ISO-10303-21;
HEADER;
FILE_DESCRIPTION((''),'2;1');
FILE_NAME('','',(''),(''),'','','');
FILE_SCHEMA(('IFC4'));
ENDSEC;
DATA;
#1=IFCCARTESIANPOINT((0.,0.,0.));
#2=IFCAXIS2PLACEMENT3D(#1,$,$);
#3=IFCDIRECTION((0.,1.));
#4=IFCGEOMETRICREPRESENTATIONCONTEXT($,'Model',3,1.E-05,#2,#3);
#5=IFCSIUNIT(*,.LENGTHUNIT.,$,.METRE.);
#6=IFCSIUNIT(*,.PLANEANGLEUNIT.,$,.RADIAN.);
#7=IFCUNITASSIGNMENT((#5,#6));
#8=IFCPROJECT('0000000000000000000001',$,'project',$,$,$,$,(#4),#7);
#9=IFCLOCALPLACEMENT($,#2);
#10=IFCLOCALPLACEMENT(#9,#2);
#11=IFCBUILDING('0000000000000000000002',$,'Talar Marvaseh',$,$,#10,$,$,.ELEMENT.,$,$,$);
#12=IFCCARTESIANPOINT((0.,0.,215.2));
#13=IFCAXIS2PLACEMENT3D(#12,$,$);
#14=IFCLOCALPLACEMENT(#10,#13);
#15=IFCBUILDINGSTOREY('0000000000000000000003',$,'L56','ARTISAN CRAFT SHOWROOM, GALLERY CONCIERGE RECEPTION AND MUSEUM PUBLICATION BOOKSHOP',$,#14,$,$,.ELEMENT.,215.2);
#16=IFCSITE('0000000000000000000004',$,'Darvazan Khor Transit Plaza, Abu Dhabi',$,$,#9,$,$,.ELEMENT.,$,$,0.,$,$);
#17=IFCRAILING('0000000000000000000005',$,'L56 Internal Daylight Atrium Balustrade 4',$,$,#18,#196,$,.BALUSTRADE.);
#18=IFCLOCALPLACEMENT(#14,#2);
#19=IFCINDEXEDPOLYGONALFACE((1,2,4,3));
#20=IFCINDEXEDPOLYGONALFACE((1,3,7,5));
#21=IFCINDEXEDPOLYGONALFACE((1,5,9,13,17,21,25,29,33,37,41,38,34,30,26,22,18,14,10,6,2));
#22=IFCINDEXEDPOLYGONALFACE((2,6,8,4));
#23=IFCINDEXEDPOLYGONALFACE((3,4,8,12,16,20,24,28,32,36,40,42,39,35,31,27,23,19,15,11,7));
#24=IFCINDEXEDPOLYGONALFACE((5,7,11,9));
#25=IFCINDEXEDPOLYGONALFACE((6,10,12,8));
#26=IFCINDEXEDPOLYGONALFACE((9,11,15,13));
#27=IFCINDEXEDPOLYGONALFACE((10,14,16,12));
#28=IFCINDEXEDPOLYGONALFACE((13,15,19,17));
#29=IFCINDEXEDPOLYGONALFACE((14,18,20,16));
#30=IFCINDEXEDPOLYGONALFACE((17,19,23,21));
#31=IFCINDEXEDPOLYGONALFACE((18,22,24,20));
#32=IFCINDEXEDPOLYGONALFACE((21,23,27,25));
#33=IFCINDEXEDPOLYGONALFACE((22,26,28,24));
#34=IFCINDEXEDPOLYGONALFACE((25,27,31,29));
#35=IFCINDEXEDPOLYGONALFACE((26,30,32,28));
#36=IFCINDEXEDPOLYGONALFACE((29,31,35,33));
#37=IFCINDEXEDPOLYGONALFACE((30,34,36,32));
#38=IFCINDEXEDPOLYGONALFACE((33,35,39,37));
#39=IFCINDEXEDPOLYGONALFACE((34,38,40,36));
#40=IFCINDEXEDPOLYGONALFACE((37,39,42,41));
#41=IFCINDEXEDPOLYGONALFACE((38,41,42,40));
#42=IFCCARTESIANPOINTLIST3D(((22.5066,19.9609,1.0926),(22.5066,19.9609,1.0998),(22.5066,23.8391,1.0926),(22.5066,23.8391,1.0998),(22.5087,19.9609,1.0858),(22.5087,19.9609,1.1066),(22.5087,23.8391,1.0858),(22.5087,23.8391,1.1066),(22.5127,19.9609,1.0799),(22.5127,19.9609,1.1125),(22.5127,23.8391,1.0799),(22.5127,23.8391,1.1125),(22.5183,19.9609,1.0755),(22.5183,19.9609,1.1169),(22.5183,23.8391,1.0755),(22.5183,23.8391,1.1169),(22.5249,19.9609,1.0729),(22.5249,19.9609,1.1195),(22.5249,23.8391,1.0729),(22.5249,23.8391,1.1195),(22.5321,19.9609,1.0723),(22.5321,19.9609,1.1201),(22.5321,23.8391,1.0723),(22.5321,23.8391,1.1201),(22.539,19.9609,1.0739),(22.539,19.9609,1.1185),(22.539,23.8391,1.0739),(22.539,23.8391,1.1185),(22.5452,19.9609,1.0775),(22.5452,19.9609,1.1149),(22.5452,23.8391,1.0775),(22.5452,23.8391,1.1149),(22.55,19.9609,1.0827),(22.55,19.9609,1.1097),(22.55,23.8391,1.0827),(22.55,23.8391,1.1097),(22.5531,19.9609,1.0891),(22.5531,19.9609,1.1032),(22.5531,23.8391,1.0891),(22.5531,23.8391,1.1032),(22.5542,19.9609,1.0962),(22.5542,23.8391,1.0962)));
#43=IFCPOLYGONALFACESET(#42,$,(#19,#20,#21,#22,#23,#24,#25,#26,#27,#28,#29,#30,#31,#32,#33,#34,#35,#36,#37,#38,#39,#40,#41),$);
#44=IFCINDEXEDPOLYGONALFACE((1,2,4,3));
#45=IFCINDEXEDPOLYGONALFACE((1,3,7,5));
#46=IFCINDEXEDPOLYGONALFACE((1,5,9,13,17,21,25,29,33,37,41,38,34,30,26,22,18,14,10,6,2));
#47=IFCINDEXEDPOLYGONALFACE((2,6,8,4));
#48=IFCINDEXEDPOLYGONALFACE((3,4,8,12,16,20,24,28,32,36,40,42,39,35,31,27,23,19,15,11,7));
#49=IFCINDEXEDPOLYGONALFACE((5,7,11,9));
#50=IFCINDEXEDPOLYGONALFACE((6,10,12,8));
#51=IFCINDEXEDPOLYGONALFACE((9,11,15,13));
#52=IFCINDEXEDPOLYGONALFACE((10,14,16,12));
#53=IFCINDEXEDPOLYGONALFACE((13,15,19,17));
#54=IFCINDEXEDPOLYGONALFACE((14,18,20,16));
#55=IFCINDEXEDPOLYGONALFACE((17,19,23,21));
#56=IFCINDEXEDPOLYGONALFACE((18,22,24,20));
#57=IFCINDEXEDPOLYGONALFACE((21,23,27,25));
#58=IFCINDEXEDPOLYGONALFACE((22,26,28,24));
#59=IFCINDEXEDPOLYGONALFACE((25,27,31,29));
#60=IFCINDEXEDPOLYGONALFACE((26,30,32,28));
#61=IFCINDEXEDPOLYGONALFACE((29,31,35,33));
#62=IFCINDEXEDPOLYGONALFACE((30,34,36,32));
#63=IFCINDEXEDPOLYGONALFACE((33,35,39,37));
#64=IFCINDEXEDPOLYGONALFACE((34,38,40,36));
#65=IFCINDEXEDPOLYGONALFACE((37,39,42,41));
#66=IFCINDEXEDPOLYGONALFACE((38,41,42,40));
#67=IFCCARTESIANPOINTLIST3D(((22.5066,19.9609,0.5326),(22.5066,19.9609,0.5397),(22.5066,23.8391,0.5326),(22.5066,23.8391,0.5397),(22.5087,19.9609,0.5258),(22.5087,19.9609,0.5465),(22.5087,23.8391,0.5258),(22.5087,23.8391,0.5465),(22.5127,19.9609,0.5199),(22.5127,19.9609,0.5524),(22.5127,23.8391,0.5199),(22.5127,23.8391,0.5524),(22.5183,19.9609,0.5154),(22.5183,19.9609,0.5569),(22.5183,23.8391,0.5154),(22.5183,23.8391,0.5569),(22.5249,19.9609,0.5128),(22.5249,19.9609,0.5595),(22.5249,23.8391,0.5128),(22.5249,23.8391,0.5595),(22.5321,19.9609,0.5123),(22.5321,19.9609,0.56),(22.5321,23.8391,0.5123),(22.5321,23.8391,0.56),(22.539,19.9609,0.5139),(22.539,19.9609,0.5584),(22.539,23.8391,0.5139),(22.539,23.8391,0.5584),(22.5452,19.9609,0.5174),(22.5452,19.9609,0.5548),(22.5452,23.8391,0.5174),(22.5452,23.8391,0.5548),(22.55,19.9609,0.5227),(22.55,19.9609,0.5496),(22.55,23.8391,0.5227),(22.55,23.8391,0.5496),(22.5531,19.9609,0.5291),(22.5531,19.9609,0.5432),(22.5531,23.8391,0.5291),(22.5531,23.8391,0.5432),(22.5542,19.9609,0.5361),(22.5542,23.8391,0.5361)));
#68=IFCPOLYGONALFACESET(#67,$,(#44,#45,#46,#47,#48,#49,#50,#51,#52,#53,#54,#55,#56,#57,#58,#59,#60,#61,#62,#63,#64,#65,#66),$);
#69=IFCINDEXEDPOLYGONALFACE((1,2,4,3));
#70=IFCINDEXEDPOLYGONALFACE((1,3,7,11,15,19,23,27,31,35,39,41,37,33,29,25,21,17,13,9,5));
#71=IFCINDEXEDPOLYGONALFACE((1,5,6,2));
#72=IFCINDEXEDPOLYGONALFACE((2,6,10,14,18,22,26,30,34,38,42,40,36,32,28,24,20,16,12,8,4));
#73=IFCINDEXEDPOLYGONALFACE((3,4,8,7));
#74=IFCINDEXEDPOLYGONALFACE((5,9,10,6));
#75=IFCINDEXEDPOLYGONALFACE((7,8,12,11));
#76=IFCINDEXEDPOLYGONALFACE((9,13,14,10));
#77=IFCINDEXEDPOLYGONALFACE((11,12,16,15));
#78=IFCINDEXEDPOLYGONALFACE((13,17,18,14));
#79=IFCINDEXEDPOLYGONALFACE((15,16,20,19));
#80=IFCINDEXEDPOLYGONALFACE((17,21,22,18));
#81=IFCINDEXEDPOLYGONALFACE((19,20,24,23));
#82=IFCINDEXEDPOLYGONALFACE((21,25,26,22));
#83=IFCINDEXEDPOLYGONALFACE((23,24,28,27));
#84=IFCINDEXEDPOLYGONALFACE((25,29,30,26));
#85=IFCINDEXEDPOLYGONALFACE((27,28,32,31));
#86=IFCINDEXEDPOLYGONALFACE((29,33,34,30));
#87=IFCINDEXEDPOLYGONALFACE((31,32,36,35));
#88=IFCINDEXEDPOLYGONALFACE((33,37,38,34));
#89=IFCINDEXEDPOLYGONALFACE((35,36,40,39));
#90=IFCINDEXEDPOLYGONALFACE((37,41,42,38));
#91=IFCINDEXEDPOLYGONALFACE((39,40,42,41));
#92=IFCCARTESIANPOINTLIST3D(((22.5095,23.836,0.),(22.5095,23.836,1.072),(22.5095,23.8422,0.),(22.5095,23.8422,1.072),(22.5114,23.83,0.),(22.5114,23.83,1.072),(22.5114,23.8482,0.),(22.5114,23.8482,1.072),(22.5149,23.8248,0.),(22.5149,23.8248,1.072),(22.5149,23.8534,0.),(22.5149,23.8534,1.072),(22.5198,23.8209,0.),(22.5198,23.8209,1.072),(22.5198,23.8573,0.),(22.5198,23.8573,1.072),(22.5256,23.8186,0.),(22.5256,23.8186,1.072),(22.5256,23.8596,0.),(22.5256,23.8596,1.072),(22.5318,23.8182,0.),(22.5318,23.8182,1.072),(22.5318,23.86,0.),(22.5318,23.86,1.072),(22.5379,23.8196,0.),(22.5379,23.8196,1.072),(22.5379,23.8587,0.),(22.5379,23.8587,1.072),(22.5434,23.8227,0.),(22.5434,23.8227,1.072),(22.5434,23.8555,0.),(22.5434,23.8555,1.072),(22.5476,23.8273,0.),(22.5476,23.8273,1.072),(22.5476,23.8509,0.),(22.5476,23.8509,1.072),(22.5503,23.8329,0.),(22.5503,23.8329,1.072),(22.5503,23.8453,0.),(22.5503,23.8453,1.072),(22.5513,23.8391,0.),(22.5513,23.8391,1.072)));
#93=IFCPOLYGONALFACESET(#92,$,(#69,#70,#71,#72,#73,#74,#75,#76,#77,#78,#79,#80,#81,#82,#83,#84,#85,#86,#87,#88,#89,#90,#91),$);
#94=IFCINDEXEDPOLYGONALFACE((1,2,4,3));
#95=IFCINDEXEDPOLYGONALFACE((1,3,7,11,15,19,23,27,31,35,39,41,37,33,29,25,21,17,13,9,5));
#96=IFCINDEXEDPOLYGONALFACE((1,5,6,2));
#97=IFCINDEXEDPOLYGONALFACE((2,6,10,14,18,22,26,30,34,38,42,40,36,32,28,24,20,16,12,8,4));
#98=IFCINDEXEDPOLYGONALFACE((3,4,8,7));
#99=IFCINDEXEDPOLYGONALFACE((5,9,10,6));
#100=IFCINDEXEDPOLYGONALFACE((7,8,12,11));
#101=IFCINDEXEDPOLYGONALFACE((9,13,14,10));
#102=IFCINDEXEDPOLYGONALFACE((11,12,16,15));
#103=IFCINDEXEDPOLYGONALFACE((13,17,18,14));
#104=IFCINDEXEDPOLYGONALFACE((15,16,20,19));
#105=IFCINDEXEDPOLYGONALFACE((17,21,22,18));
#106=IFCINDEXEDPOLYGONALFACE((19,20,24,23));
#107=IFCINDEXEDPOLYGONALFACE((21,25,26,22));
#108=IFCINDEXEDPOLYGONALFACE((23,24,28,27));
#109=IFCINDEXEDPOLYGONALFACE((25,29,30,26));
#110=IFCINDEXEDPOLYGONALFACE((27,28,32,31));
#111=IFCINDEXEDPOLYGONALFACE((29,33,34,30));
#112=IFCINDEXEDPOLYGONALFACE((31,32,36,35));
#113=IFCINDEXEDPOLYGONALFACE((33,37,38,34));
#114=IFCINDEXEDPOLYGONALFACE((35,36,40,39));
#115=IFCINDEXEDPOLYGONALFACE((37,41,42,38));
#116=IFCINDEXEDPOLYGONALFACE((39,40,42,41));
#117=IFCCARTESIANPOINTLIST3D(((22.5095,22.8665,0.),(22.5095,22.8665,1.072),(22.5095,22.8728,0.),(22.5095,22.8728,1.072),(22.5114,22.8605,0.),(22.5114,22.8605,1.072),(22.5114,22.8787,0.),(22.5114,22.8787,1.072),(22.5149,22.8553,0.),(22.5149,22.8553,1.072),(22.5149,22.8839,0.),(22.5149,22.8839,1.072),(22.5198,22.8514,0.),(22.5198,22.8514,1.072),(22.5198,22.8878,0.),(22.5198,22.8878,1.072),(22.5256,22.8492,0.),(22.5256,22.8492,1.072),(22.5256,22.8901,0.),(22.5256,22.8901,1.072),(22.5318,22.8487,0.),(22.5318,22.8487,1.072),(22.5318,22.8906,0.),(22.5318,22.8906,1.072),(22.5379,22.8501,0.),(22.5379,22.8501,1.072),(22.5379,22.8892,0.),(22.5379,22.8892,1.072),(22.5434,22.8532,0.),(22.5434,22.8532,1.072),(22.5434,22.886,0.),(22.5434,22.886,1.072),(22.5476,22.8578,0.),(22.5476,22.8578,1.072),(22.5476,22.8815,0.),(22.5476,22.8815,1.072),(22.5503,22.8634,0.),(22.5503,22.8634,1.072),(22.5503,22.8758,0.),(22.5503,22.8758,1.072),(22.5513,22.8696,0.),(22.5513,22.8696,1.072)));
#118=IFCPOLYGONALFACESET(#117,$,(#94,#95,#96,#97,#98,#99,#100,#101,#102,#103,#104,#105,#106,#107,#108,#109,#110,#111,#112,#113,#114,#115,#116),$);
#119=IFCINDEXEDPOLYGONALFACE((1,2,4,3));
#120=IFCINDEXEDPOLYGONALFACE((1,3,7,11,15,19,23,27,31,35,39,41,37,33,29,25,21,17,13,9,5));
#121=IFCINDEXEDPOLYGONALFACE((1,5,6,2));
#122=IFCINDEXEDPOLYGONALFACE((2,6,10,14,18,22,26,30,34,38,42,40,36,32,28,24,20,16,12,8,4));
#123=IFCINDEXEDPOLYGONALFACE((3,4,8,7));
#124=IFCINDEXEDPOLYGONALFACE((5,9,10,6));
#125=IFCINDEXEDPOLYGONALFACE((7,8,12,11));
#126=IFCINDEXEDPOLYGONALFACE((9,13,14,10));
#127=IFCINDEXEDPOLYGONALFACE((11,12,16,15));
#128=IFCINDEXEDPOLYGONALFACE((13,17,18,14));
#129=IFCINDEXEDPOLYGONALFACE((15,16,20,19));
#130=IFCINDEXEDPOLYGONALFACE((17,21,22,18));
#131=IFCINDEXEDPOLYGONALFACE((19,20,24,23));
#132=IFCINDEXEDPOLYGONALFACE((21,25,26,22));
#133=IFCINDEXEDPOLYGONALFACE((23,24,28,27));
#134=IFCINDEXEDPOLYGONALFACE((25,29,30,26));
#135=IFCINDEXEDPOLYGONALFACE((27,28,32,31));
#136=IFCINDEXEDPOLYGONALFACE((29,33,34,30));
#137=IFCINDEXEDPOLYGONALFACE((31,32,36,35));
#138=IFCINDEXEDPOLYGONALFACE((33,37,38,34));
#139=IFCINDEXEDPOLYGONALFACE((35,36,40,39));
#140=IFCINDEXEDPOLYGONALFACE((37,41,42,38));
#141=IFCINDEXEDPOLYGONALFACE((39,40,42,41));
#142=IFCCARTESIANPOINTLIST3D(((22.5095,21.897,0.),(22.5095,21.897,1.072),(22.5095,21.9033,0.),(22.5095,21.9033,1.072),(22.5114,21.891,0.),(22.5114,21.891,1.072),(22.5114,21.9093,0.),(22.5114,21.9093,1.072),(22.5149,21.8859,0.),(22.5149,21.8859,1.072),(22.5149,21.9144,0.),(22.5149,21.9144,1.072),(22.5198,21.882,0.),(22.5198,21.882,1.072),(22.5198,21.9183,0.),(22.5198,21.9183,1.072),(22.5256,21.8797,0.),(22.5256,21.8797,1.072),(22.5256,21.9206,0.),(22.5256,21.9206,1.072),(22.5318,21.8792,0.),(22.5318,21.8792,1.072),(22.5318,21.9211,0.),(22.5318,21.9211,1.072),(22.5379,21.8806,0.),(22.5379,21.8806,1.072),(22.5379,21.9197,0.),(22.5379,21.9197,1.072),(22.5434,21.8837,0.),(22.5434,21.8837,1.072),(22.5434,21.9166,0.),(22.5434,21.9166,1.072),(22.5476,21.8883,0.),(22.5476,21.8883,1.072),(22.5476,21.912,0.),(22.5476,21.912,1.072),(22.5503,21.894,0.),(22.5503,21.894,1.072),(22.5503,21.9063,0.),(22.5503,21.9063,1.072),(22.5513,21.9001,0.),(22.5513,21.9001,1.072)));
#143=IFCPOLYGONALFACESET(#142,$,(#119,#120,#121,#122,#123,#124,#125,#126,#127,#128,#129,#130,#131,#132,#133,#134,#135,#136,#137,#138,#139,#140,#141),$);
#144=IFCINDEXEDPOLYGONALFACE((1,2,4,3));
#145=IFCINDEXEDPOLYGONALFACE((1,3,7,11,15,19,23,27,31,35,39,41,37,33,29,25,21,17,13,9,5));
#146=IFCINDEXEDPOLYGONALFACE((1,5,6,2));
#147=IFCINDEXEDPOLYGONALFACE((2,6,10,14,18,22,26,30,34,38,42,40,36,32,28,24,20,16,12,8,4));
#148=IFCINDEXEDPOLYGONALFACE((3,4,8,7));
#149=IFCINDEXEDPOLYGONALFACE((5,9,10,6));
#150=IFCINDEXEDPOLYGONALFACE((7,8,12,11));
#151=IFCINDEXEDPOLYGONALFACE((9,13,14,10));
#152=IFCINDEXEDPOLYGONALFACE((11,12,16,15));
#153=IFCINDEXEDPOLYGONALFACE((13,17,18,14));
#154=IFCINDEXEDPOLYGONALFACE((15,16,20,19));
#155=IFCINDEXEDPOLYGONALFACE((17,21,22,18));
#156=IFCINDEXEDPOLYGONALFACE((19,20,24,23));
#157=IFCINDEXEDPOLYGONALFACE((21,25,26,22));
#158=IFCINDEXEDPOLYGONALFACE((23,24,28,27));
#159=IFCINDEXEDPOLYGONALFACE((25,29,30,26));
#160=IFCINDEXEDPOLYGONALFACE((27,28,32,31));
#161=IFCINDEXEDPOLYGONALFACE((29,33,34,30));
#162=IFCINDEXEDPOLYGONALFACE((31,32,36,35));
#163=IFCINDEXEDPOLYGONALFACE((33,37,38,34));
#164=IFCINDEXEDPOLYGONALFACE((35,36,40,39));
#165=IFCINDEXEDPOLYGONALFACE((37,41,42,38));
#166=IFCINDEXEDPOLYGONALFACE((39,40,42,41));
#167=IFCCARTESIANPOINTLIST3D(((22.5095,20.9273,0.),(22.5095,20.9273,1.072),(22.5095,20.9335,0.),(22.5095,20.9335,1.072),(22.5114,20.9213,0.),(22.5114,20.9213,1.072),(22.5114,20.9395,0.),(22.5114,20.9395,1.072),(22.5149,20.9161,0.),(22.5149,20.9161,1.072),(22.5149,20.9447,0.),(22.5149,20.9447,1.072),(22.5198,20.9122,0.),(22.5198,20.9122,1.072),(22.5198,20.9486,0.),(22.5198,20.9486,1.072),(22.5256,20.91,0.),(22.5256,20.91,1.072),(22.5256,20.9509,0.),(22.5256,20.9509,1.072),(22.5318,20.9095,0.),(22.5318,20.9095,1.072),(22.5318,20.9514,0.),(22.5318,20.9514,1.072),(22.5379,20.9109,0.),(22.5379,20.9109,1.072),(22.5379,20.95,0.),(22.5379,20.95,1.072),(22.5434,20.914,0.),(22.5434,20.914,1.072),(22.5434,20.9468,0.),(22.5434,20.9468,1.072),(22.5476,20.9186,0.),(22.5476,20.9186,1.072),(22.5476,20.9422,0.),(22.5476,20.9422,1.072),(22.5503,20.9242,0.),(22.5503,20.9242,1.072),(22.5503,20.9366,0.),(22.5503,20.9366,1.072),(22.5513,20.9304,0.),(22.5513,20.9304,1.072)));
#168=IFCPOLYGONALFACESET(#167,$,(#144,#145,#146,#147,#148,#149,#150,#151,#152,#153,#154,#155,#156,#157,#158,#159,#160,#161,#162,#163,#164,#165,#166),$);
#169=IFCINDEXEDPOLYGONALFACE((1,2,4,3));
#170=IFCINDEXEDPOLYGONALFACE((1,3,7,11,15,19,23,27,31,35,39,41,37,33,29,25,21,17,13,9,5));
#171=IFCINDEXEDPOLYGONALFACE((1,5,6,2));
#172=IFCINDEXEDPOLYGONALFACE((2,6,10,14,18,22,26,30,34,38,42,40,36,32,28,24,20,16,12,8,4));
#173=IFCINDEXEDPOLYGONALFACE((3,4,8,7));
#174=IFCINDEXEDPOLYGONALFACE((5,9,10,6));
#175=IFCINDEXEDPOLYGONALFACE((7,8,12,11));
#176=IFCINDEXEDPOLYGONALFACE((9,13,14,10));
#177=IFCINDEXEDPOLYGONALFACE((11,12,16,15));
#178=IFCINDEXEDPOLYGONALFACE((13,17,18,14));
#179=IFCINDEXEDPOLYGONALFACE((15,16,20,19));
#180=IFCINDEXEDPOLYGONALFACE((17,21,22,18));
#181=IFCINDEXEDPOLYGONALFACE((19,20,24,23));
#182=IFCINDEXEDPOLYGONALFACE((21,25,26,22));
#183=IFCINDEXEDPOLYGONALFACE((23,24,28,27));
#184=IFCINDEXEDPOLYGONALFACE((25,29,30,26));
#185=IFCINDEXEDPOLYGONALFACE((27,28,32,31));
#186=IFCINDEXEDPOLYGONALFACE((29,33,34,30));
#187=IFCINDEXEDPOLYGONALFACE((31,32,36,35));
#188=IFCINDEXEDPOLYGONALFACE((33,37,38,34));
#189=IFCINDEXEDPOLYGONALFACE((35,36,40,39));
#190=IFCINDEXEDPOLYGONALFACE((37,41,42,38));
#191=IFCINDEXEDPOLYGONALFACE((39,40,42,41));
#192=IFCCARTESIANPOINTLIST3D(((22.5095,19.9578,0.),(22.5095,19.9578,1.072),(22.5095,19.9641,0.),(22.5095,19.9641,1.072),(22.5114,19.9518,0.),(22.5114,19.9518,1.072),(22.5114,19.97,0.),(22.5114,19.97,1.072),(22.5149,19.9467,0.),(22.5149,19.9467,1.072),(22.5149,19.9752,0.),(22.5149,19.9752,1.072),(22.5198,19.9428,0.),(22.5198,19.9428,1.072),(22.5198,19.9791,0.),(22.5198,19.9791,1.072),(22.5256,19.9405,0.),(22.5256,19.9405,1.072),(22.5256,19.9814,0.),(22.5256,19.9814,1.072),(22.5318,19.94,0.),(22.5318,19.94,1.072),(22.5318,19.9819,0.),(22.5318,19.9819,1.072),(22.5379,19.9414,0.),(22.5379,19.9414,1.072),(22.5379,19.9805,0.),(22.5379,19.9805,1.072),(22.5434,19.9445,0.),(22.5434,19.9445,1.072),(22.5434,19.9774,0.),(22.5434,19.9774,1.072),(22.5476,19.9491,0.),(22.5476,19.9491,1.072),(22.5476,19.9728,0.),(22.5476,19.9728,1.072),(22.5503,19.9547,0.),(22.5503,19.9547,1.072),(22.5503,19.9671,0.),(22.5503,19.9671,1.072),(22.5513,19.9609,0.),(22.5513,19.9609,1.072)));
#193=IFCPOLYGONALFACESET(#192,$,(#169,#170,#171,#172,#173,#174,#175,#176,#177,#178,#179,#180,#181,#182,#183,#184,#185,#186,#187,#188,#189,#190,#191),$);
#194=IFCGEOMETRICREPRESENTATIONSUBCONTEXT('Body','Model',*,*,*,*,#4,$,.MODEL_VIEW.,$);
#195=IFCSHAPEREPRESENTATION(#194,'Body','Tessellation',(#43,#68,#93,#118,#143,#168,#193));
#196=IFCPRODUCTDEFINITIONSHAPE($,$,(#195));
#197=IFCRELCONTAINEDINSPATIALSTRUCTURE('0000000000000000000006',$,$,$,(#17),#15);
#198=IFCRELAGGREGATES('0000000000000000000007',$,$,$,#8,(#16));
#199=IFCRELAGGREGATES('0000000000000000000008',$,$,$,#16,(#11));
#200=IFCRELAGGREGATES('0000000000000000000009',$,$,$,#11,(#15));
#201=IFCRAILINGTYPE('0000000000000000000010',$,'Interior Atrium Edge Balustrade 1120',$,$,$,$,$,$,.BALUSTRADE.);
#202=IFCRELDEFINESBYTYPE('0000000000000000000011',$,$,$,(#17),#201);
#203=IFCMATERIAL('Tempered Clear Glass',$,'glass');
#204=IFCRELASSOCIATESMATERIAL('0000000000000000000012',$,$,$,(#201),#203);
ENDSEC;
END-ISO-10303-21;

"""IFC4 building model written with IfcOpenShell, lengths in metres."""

from ifc_helpers import new_model, si_unit, direction, frame, origin, origin_2d, place, context, subcontext, project, spatial, circle, extrude, material, type_object, element, save


model = new_model("IFC4")

# Units and contexts
model_context = context("Model", 3, precision=1e-05, world=origin(), true_north=direction((0.0, 1.0)))
body_context = subcontext(model_context, "Body", "Model", "MODEL_VIEW")
ifc_project = project(units=[si_unit("LENGTHUNIT", "METRE"), si_unit("PLANEANGLEUNIT", "RADIAN")], contexts=[model_context])

# Site, building, storey
site_placement = place(None, origin())
site = spatial("IfcSite", under=ifc_project, at=site_placement, Name="Darvazan Khor Transit Plaza, Abu Dhabi", CompositionType="ELEMENT", RefElevation=0.0)
building_placement = place(site_placement, origin())
building = spatial("IfcBuilding", under=site, at=building_placement, Name="Talar Marvaseh", CompositionType="ELEMENT")
storey_placement = place(building_placement, frame((0.0, 0.0, 215.2)))
storey = spatial("IfcBuildingStorey", under=building, at=storey_placement, Name="L56", Description="ARTISAN CRAFT SHOWROOM, GALLERY CONCIERGE RECEPTION AND MUSEUM PUBLICATION BOOKSHOP", CompositionType="ELEMENT", Elevation=215.2)

# Railing
ifc_material_1 = material(Name="Tempered Clear Glass", Category="glass")
railing_type = type_object("IfcRailingType", Name="Interior Atrium Edge Balustrade 1120", PredefinedType="BALUSTRADE", material=ifc_material_1)
railing_1_placement = place(storey_placement, frame((22.5303, 23.8391, 0.0)))
element("IfcRailing", 1, at=railing_1_placement, inside=storey, type_object=railing_type, Name="L56 Internal Daylight Atrium Balustrade 4", PredefinedType="BALUSTRADE", context=body_context, shape_type="SweptSolid", body=[
    extrude(circle(Radius=0.0239, at=origin_2d()), frame((0.0, 0.0, 1.0962), z_axis=(0.0, -1.0, 0.0), x_axis=(1.0, 0.0, 0.0)), (0.0, 0.0, 1.0), 3.8782),
    extrude(circle(Radius=0.0239, at=origin_2d()), frame((0.0, 0.0, 0.5361), z_axis=(0.0, -1.0, 0.0), x_axis=(1.0, 0.0, 0.0)), (0.0, 0.0, 1.0), 3.8782),
    extrude(circle(Radius=0.021, at=origin_2d()), origin(), (0.0, 0.0, 1.0), 1.072),
    extrude(circle(Radius=0.021, at=origin_2d()), frame((0.0, -0.9695, 0.0)), (0.0, 0.0, 1.0), 1.072),
    extrude(circle(Radius=0.021, at=origin_2d()), frame((0.0, -1.939, 0.0)), (0.0, 0.0, 1.0), 1.072),
    extrude(circle(Radius=0.021, at=origin_2d()), frame((0.0, -2.9087, 0.0)), (0.0, 0.0, 1.0), 1.072),
    extrude(circle(Radius=0.021, at=origin_2d()), frame((0.0, -3.8782, 0.0)), (0.0, 0.0, 1.0), 1.072),
])

save(model, "model.ifc")
